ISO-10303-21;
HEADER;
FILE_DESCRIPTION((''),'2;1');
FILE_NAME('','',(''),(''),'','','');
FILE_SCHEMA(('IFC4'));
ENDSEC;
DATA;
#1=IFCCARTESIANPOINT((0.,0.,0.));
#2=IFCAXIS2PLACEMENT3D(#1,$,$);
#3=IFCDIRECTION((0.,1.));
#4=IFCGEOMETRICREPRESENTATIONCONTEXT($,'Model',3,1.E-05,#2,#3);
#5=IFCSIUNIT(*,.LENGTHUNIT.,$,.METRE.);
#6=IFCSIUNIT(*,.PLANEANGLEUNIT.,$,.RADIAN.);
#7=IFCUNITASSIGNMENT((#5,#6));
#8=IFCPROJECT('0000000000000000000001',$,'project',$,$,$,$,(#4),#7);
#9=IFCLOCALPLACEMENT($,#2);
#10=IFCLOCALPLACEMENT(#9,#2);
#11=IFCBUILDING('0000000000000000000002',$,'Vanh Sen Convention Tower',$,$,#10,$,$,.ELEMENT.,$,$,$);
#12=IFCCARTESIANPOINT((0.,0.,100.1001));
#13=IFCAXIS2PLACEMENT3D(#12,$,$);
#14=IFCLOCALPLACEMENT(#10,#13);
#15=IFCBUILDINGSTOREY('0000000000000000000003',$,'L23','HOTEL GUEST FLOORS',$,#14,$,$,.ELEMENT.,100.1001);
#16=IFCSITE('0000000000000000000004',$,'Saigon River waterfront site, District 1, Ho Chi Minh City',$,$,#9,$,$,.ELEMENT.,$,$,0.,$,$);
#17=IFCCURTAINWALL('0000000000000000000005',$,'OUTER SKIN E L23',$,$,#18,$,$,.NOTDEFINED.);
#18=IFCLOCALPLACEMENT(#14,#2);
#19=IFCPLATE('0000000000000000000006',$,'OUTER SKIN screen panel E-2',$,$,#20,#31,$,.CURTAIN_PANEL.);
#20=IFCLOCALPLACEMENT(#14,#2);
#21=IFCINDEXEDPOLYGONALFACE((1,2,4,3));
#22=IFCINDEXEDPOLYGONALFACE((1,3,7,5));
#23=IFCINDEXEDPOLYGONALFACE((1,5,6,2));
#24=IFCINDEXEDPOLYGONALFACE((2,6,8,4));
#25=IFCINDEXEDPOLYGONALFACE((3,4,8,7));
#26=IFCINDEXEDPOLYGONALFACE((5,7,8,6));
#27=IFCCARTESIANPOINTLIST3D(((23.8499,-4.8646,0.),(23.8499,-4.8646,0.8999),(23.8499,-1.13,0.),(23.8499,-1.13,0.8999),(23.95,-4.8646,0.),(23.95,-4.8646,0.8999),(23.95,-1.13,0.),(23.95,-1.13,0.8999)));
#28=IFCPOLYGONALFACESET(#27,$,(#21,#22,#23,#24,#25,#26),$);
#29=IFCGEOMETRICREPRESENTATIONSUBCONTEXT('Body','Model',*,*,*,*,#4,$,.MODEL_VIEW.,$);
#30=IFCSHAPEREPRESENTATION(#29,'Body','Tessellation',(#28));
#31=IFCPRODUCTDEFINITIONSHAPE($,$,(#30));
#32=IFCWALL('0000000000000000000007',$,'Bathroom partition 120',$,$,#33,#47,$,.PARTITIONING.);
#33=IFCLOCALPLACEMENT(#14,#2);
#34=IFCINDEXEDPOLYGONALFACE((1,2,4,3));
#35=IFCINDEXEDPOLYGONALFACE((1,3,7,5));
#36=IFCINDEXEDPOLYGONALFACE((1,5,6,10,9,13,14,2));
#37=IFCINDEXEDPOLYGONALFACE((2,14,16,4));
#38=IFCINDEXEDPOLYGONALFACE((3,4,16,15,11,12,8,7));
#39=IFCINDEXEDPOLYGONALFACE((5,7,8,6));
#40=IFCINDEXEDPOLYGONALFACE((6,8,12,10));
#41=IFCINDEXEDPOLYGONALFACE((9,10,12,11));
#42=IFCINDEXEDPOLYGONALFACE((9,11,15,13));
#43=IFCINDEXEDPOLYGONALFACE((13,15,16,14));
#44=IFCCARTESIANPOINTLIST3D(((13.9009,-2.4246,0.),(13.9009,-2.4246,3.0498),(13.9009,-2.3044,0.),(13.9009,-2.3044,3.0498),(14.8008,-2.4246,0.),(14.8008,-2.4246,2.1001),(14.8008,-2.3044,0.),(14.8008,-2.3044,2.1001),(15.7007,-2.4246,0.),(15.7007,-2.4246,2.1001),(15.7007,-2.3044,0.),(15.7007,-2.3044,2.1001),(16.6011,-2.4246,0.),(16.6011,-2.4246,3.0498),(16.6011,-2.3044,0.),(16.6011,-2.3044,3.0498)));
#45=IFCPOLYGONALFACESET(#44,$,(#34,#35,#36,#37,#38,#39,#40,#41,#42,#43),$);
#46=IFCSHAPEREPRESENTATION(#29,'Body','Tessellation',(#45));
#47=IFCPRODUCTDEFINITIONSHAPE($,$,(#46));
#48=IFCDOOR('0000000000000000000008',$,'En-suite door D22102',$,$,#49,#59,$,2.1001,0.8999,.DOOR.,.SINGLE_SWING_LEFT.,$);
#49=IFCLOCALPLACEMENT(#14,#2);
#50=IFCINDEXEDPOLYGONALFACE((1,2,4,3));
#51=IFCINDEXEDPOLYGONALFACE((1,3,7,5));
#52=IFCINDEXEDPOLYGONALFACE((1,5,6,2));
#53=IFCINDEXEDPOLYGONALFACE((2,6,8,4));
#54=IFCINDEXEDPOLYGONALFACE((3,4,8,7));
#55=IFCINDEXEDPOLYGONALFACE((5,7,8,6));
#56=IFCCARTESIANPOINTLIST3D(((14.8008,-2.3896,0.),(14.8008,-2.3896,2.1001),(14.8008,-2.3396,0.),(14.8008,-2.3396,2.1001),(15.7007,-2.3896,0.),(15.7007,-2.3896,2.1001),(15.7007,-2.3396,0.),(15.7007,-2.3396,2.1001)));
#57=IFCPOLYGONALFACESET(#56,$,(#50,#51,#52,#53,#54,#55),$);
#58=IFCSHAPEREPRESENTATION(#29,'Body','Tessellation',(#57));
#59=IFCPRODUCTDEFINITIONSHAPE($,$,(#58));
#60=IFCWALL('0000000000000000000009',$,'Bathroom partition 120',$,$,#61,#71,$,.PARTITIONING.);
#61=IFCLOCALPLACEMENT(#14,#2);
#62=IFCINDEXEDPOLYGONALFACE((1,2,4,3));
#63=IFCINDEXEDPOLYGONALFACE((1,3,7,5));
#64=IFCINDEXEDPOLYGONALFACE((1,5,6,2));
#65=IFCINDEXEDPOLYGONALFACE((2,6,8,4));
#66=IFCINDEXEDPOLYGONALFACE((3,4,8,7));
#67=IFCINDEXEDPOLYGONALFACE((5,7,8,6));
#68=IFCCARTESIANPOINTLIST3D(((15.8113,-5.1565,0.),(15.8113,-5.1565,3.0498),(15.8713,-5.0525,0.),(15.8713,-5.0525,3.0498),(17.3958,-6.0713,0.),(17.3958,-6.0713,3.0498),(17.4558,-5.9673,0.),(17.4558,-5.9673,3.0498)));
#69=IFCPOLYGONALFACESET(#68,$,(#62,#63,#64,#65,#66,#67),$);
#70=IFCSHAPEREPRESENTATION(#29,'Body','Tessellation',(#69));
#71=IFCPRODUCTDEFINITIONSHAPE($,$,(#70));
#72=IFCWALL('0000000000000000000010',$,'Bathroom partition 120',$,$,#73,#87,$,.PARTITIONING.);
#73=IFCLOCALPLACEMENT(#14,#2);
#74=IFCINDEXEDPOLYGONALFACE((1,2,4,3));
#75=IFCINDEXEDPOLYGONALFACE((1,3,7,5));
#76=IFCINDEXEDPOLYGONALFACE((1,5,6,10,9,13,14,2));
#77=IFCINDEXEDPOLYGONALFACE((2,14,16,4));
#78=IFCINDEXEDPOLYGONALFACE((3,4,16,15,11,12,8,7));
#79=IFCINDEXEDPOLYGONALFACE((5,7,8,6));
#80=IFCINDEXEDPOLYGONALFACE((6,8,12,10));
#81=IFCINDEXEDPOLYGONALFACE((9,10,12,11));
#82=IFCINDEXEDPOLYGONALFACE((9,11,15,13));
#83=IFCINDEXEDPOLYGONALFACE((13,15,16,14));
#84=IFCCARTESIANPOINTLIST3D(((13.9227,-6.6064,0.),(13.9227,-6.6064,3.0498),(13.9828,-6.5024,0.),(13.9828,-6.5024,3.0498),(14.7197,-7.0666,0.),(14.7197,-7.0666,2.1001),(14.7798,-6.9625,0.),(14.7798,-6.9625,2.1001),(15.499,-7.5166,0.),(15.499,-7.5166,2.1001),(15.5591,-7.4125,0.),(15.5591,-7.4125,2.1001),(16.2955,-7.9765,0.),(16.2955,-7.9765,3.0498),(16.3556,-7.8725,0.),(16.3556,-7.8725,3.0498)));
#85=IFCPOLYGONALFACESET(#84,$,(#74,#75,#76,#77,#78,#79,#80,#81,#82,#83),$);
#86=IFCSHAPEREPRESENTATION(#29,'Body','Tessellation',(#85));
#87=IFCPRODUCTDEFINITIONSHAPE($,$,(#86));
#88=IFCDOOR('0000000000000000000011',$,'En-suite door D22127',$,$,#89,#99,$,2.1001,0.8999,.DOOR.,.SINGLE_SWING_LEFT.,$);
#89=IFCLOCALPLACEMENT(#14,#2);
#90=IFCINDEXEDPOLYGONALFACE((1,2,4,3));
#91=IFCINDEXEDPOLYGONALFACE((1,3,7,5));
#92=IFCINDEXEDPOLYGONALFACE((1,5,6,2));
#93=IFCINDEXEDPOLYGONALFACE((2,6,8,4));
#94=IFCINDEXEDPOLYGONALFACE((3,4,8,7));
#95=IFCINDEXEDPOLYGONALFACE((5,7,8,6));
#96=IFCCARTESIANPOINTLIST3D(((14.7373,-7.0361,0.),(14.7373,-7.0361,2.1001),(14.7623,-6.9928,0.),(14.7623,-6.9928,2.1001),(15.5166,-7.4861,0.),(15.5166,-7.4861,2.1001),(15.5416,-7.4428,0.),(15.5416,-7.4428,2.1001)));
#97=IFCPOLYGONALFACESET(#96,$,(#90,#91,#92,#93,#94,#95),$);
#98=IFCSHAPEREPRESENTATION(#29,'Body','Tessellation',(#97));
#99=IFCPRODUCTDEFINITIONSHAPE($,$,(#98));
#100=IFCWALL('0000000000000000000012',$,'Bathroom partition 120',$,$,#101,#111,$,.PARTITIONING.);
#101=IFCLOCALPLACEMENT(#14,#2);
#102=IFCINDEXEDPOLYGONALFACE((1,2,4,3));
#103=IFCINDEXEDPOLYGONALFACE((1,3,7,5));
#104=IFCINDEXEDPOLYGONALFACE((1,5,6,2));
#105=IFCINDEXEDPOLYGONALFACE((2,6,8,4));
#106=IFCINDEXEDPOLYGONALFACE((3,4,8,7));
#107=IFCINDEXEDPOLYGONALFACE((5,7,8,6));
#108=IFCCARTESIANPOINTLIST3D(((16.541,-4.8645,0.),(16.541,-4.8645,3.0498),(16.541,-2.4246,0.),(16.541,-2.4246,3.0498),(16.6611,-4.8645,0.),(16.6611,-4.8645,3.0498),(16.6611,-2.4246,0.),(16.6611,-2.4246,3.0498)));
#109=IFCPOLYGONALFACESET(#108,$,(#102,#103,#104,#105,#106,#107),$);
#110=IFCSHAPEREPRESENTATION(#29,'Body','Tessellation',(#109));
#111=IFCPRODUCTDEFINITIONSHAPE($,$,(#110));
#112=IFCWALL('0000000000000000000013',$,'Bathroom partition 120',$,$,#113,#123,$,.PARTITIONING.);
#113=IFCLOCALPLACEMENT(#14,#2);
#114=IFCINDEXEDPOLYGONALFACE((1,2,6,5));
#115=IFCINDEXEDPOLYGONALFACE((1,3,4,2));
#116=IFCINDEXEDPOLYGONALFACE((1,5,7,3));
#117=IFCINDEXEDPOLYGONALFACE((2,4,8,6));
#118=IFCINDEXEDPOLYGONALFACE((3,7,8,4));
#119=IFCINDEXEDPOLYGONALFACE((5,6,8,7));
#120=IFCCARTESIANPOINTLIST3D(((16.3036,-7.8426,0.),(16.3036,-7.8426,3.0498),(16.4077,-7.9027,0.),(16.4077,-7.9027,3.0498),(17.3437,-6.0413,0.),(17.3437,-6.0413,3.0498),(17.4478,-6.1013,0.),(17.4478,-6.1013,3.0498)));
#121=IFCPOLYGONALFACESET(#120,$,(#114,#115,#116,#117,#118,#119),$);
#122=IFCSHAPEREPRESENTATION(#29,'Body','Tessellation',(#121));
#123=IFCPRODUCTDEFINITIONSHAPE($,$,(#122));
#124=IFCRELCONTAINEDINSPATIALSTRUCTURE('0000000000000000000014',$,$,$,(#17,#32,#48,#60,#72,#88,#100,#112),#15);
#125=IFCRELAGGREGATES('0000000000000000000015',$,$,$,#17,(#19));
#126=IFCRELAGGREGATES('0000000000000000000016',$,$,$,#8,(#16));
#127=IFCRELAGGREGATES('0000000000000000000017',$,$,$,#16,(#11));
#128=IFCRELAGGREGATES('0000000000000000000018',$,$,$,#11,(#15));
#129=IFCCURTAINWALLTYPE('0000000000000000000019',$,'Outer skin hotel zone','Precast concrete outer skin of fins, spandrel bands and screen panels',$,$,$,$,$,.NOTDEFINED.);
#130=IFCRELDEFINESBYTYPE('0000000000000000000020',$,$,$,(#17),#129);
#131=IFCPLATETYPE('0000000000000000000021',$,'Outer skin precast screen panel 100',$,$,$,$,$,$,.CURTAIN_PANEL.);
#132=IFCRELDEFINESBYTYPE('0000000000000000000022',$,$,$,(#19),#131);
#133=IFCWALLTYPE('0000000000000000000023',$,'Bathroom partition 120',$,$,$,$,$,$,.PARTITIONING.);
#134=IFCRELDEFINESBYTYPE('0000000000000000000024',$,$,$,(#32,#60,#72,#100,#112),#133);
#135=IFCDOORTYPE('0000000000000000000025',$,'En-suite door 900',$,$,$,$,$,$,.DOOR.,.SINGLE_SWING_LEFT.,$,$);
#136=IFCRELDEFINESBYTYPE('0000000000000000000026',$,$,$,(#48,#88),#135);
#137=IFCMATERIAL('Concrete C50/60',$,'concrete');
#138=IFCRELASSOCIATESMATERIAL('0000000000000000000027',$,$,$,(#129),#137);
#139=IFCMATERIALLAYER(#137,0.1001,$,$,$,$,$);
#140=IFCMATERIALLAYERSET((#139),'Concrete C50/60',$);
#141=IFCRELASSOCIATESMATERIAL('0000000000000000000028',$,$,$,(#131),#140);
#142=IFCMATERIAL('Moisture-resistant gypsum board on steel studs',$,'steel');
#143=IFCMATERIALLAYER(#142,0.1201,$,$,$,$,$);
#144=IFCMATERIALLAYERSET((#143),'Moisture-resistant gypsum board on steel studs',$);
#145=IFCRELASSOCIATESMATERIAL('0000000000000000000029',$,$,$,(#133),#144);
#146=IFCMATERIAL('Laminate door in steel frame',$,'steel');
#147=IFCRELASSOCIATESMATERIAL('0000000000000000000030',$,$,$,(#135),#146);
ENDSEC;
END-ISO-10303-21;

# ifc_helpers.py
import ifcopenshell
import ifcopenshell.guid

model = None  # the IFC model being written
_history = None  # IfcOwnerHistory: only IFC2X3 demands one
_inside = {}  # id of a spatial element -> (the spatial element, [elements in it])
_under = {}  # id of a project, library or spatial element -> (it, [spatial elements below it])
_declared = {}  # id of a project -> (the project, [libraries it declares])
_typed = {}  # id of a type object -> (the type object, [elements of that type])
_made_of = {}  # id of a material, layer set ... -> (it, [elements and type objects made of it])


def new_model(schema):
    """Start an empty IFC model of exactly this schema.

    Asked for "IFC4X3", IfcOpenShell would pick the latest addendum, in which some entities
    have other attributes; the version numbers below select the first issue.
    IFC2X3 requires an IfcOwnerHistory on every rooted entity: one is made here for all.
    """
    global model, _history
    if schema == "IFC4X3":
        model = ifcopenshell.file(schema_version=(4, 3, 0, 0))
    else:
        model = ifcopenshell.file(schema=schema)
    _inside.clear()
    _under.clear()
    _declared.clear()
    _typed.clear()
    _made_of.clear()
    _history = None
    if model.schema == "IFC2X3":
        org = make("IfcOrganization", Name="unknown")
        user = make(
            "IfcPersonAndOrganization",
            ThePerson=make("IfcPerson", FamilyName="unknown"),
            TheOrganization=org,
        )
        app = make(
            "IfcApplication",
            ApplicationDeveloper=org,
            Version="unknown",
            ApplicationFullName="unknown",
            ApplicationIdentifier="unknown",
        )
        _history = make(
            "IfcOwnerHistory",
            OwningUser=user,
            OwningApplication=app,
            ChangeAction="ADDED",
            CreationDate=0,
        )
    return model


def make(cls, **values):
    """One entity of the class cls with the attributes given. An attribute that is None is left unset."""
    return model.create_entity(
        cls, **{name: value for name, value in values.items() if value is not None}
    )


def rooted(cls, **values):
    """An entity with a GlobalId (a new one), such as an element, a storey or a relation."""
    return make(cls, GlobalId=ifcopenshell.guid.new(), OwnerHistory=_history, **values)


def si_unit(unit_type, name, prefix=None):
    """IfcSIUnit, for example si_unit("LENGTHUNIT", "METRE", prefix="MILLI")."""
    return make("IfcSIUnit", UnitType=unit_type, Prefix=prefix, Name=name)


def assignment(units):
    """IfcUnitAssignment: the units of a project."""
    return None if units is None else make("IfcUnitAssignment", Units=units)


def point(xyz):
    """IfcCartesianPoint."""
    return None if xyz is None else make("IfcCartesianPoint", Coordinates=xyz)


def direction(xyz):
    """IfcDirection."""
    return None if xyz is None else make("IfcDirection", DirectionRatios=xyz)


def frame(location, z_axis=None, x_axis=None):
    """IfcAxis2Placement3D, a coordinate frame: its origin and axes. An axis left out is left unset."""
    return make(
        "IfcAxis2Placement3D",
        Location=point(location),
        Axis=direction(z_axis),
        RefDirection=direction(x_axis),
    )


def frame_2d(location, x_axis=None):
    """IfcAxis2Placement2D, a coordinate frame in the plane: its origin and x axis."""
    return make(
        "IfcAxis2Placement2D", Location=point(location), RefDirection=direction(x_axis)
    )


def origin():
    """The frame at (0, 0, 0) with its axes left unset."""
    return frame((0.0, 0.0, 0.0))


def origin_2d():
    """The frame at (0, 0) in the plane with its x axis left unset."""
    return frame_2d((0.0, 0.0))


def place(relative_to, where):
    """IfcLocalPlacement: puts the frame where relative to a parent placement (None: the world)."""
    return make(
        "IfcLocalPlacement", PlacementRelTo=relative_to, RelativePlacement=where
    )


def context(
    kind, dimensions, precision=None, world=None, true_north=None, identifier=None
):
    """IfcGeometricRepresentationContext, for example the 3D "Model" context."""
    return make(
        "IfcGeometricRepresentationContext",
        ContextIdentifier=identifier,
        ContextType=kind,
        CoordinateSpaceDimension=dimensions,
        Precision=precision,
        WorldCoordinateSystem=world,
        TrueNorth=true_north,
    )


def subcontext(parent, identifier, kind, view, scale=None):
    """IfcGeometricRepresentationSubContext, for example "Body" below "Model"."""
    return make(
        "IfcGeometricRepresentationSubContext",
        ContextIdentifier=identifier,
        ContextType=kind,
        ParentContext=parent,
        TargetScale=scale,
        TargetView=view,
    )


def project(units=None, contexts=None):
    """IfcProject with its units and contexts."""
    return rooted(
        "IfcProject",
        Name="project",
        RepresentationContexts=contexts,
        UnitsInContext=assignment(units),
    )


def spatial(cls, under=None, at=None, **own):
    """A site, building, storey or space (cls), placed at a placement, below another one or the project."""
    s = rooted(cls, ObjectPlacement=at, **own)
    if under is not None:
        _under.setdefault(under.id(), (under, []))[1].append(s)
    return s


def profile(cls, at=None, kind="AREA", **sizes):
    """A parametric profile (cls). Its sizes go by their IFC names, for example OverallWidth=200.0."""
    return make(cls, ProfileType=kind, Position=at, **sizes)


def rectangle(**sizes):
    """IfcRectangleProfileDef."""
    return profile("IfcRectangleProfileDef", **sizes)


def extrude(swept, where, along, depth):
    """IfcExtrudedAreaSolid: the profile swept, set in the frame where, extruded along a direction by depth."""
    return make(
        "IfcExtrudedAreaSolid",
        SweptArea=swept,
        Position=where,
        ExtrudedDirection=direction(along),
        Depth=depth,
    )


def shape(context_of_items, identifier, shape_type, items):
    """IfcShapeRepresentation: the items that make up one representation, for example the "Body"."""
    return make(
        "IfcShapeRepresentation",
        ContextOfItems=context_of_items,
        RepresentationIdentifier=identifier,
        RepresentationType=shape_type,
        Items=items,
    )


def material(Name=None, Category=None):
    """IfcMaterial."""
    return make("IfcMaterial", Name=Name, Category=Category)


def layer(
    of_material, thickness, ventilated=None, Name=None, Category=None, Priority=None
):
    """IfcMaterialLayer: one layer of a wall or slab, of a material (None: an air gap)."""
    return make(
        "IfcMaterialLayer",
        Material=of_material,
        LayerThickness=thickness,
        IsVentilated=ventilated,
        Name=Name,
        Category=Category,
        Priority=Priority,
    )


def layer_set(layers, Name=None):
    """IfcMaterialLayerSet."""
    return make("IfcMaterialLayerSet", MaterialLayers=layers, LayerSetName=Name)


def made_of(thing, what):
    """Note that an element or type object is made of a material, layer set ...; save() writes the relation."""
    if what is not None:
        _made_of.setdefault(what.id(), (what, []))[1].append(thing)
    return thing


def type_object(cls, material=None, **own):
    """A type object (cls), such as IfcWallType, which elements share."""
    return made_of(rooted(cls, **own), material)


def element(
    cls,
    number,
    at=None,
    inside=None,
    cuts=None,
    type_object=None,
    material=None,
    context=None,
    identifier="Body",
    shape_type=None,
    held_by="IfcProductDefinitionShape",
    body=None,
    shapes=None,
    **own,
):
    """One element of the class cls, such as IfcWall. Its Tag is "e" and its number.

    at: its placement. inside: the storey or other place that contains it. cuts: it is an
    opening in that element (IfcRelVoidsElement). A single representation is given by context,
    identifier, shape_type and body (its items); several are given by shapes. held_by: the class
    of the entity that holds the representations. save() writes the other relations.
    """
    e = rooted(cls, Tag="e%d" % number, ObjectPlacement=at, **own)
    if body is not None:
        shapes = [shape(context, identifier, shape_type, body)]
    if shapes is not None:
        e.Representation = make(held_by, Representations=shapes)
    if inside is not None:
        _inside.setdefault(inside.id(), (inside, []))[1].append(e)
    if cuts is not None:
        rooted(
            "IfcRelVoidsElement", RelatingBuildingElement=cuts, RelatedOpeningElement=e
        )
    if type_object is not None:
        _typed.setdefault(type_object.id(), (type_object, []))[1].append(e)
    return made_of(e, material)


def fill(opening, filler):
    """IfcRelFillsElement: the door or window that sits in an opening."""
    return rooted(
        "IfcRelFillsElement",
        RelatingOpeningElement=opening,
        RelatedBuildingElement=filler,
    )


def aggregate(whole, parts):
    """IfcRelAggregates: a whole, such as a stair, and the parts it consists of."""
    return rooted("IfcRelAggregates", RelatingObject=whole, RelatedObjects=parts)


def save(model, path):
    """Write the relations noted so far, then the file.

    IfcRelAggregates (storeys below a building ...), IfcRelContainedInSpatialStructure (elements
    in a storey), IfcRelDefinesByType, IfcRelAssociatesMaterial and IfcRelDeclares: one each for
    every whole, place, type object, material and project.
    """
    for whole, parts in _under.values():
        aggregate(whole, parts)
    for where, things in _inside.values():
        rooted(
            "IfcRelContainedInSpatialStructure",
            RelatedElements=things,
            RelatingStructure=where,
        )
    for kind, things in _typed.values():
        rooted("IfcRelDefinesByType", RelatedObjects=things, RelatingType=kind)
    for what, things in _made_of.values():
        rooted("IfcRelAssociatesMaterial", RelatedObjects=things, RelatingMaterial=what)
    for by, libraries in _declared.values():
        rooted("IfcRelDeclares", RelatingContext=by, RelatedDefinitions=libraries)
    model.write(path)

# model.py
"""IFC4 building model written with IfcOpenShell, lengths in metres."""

from ifc_helpers import new_model, si_unit, direction, frame, frame_2d, origin, origin_2d, place, context, subcontext, project, spatial, rectangle, extrude, material, layer, layer_set, type_object, element, fill, aggregate, save


model = new_model("IFC4")

# Units and contexts
model_context = context("Model", 3, precision=1e-05, world=origin(), true_north=direction((0.0, 1.0)))
body_context = subcontext(model_context, "Body", "Model", "MODEL_VIEW")
ifc_project = project(units=[si_unit("LENGTHUNIT", "METRE"), si_unit("PLANEANGLEUNIT", "RADIAN")], contexts=[model_context])

# Site, building, storey
site_placement = place(None, origin())
site = spatial("IfcSite", under=ifc_project, at=site_placement, Name="Saigon River waterfront site, District 1, Ho Chi Minh City", CompositionType="ELEMENT", RefElevation=0.0)
building_placement = place(site_placement, origin())
building = spatial("IfcBuilding", under=site, at=building_placement, Name="Vanh Sen Convention Tower", CompositionType="ELEMENT")
storey_placement = place(building_placement, frame((0.0, 0.0, 100.1001)))
storey = spatial("IfcBuildingStorey", under=building, at=storey_placement, Name="L23", Description="HOTEL GUEST FLOORS", CompositionType="ELEMENT", Elevation=100.1001)

# Curtain wall
ifc_material_1 = material(Name="Concrete C50/60", Category="concrete")
curtain_wall_type = type_object("IfcCurtainWallType", Name="Outer skin hotel zone", Description="Precast concrete outer skin of fins, spandrel bands and screen panels", PredefinedType="NOTDEFINED", material=ifc_material_1)
curtain_wall_placement = place(storey_placement, origin())
curtain_wall = element("IfcCurtainWall", 1, at=curtain_wall_placement, inside=storey, type_object=curtain_wall_type, Name="OUTER SKIN E L23", PredefinedType="NOTDEFINED")

# Plate
ifc_layer_1 = layer(ifc_material_1, 0.1001)
ifc_layer_set_1 = layer_set([ifc_layer_1], Name="Concrete C50/60")
plate_type = type_object("IfcPlateType", Name="Outer skin precast screen panel 100", PredefinedType="CURTAIN_PANEL", material=ifc_layer_set_1)
plate_1_placement = place(storey_placement, frame((23.8999, -2.9973, 0.0), z_axis=(0.0, 0.0, 1.0), x_axis=(0.0, 1.0, 0.0)))
plate_1 = element("IfcPlate", 2, at=plate_1_placement, type_object=plate_type, Name="OUTER SKIN screen panel E-2", PredefinedType="CURTAIN_PANEL", context=body_context, shape_type="SweptSolid", body=[
    extrude(rectangle(XDim=3.7346, YDim=0.1001, at=origin_2d()), origin(), (0.0, 0.0, 1.0), 0.8999),
])
aggregate(curtain_wall, [plate_1])

# Wall, opening, door
ifc_material_2 = material(Name="Moisture-resistant gypsum board on steel studs", Category="steel")
ifc_layer_2 = layer(ifc_material_2, 0.1201)
ifc_layer_set_2 = layer_set([ifc_layer_2], Name="Moisture-resistant gypsum board on steel studs")
wall_type_1 = type_object("IfcWallType", Name="Bathroom partition 120", PredefinedType="PARTITIONING", material=ifc_layer_set_2)
wall_1_placement = place(storey_placement, frame((13.9009, -2.3645, 0.0), z_axis=(0.0, 0.0, 1.0), x_axis=(1.0, 0.0, 0.0)))
wall_1 = element("IfcWall", 3, at=wall_1_placement, inside=storey, type_object=wall_type_1, Name="Bathroom partition 120", PredefinedType="PARTITIONING", context=body_context, shape_type="SweptSolid", body=[
    extrude(rectangle(XDim=2.7002, YDim=0.1201, at=frame_2d((1.3501, 0.0))), origin(), (0.0, 0.0, 1.0), 3.0498),
])
opening_1_placement = place(wall_1_placement, frame((0.8999, 0.0, 0.0)))
opening_1 = element("IfcOpeningElement", 4, at=opening_1_placement, cuts=wall_1, PredefinedType="OPENING", context=body_context, shape_type="SweptSolid", body=[
    extrude(rectangle(XDim=0.8999, YDim=2.1001, at=frame_2d((0.45, 1.05))), frame((0.0, 0.0701, 0.0), z_axis=(0.0, -1.0, 0.0), x_axis=(1.0, 0.0, 0.0)), (0.0, 0.0, 1.0), 0.1401),
])
ifc_material_3 = material(Name="Laminate door in steel frame", Category="steel")
door_type = type_object("IfcDoorType", Name="En-suite door 900", OperationType="SINGLE_SWING_LEFT", PredefinedType="DOOR", material=ifc_material_3)
door_1_placement = place(opening_1_placement, origin())
door_1 = element("IfcDoor", 5, at=door_1_placement, inside=storey, type_object=door_type, Name="En-suite door D22102", OperationType="SINGLE_SWING_LEFT", OverallHeight=2.1001, OverallWidth=0.8999, PredefinedType="DOOR", context=body_context, shape_type="SweptSolid", body=[
    extrude(rectangle(XDim=0.8999, YDim=2.1001, at=frame_2d((0.45, 1.05))), frame((0.0, 0.0249, 0.0), z_axis=(0.0, -1.0, 0.0), x_axis=(1.0, 0.0, 0.0)), (0.0, 0.0, 1.0), 0.05),
])
fill(opening_1, door_1)

# Wall
wall_2_placement = place(storey_placement, frame((15.8413, -5.1045, 0.0), z_axis=(0.0, 0.0, 1.0), x_axis=(0.866026, -0.5, 0.0)))
element("IfcWall", 6, at=wall_2_placement, inside=storey, type_object=wall_type_1, Name="Bathroom partition 120", PredefinedType="PARTITIONING", context=body_context, shape_type="SweptSolid", body=[
    extrude(rectangle(XDim=1.8296, YDim=0.1201, at=frame_2d((0.9148, 0.0))), origin(), (0.0, 0.0, 1.0), 3.0498),
])

# Wall, opening, door
wall_3_placement = place(storey_placement, frame((16.3257, -7.9246, 0.0), z_axis=(0.0, 0.0, 1.0), x_axis=(-0.865997, 0.500049, 0.0)))
wall_3 = element("IfcWall", 7, at=wall_3_placement, inside=storey, type_object=wall_type_1, Name="Bathroom partition 120", PredefinedType="PARTITIONING", context=body_context, shape_type="SweptSolid", body=[
    extrude(rectangle(XDim=2.74, YDim=0.1201, at=frame_2d((1.3701, 0.0))), origin(), (0.0, 0.0, 1.0), 3.0498),
])
opening_2_placement = place(wall_3_placement, frame((0.9199, 0.0, 0.0)))
opening_2 = element("IfcOpeningElement", 8, at=opening_2_placement, cuts=wall_3, PredefinedType="OPENING", context=body_context, shape_type="SweptSolid", body=[
    extrude(rectangle(XDim=0.8999, YDim=2.1001, at=frame_2d((0.45, 1.05))), frame((0.0, 0.0701, 0.0), z_axis=(0.0, -1.0, 0.0), x_axis=(1.0, 0.0, 0.0)), (0.0, 0.0, 1.0), 0.1401),
])
door_2_placement = place(opening_2_placement, origin())
door_2 = element("IfcDoor", 9, at=door_2_placement, inside=storey, type_object=door_type, Name="En-suite door D22127", OperationType="SINGLE_SWING_LEFT", OverallHeight=2.1001, OverallWidth=0.8999, PredefinedType="DOOR", context=body_context, shape_type="SweptSolid", body=[
    extrude(rectangle(XDim=0.8999, YDim=2.1001, at=frame_2d((0.45, 1.05))), frame((0.0, 0.0249, 0.0), z_axis=(0.0, -1.0, 0.0), x_axis=(1.0, 0.0, 0.0)), (0.0, 0.0, 1.0), 0.05),
])
fill(opening_2, door_2)

# Walls
wall_4_placement = place(storey_placement, frame((16.6011, -2.4246, 0.0), z_axis=(0.0, 0.0, 1.0), x_axis=(0.0, -1.0, 0.0)))
element("IfcWall", 10, at=wall_4_placement, inside=storey, type_object=wall_type_1, Name="Bathroom partition 120", PredefinedType="PARTITIONING", context=body_context, shape_type="SweptSolid", body=[
    extrude(rectangle(XDim=2.4399, YDim=0.1201, at=frame_2d((1.22, 0.0))), origin(), (0.0, 0.0, 1.0), 3.0498),
])
wall_5_placement = place(storey_placement, frame((17.3958, -6.0713, 0.0), z_axis=(0.0, 0.0, 1.0), x_axis=(-0.500027, -0.86601, 0.0)))
element("IfcWall", 11, at=wall_5_placement, inside=storey, type_object=wall_type_1, Name="Bathroom partition 120", PredefinedType="PARTITIONING", context=body_context, shape_type="SweptSolid", body=[
    extrude(rectangle(XDim=2.0801, YDim=0.1201, at=frame_2d((1.04, 0.0))), origin(), (0.0, 0.0, 1.0), 3.0498),
])

save(model, "model.ifc")
